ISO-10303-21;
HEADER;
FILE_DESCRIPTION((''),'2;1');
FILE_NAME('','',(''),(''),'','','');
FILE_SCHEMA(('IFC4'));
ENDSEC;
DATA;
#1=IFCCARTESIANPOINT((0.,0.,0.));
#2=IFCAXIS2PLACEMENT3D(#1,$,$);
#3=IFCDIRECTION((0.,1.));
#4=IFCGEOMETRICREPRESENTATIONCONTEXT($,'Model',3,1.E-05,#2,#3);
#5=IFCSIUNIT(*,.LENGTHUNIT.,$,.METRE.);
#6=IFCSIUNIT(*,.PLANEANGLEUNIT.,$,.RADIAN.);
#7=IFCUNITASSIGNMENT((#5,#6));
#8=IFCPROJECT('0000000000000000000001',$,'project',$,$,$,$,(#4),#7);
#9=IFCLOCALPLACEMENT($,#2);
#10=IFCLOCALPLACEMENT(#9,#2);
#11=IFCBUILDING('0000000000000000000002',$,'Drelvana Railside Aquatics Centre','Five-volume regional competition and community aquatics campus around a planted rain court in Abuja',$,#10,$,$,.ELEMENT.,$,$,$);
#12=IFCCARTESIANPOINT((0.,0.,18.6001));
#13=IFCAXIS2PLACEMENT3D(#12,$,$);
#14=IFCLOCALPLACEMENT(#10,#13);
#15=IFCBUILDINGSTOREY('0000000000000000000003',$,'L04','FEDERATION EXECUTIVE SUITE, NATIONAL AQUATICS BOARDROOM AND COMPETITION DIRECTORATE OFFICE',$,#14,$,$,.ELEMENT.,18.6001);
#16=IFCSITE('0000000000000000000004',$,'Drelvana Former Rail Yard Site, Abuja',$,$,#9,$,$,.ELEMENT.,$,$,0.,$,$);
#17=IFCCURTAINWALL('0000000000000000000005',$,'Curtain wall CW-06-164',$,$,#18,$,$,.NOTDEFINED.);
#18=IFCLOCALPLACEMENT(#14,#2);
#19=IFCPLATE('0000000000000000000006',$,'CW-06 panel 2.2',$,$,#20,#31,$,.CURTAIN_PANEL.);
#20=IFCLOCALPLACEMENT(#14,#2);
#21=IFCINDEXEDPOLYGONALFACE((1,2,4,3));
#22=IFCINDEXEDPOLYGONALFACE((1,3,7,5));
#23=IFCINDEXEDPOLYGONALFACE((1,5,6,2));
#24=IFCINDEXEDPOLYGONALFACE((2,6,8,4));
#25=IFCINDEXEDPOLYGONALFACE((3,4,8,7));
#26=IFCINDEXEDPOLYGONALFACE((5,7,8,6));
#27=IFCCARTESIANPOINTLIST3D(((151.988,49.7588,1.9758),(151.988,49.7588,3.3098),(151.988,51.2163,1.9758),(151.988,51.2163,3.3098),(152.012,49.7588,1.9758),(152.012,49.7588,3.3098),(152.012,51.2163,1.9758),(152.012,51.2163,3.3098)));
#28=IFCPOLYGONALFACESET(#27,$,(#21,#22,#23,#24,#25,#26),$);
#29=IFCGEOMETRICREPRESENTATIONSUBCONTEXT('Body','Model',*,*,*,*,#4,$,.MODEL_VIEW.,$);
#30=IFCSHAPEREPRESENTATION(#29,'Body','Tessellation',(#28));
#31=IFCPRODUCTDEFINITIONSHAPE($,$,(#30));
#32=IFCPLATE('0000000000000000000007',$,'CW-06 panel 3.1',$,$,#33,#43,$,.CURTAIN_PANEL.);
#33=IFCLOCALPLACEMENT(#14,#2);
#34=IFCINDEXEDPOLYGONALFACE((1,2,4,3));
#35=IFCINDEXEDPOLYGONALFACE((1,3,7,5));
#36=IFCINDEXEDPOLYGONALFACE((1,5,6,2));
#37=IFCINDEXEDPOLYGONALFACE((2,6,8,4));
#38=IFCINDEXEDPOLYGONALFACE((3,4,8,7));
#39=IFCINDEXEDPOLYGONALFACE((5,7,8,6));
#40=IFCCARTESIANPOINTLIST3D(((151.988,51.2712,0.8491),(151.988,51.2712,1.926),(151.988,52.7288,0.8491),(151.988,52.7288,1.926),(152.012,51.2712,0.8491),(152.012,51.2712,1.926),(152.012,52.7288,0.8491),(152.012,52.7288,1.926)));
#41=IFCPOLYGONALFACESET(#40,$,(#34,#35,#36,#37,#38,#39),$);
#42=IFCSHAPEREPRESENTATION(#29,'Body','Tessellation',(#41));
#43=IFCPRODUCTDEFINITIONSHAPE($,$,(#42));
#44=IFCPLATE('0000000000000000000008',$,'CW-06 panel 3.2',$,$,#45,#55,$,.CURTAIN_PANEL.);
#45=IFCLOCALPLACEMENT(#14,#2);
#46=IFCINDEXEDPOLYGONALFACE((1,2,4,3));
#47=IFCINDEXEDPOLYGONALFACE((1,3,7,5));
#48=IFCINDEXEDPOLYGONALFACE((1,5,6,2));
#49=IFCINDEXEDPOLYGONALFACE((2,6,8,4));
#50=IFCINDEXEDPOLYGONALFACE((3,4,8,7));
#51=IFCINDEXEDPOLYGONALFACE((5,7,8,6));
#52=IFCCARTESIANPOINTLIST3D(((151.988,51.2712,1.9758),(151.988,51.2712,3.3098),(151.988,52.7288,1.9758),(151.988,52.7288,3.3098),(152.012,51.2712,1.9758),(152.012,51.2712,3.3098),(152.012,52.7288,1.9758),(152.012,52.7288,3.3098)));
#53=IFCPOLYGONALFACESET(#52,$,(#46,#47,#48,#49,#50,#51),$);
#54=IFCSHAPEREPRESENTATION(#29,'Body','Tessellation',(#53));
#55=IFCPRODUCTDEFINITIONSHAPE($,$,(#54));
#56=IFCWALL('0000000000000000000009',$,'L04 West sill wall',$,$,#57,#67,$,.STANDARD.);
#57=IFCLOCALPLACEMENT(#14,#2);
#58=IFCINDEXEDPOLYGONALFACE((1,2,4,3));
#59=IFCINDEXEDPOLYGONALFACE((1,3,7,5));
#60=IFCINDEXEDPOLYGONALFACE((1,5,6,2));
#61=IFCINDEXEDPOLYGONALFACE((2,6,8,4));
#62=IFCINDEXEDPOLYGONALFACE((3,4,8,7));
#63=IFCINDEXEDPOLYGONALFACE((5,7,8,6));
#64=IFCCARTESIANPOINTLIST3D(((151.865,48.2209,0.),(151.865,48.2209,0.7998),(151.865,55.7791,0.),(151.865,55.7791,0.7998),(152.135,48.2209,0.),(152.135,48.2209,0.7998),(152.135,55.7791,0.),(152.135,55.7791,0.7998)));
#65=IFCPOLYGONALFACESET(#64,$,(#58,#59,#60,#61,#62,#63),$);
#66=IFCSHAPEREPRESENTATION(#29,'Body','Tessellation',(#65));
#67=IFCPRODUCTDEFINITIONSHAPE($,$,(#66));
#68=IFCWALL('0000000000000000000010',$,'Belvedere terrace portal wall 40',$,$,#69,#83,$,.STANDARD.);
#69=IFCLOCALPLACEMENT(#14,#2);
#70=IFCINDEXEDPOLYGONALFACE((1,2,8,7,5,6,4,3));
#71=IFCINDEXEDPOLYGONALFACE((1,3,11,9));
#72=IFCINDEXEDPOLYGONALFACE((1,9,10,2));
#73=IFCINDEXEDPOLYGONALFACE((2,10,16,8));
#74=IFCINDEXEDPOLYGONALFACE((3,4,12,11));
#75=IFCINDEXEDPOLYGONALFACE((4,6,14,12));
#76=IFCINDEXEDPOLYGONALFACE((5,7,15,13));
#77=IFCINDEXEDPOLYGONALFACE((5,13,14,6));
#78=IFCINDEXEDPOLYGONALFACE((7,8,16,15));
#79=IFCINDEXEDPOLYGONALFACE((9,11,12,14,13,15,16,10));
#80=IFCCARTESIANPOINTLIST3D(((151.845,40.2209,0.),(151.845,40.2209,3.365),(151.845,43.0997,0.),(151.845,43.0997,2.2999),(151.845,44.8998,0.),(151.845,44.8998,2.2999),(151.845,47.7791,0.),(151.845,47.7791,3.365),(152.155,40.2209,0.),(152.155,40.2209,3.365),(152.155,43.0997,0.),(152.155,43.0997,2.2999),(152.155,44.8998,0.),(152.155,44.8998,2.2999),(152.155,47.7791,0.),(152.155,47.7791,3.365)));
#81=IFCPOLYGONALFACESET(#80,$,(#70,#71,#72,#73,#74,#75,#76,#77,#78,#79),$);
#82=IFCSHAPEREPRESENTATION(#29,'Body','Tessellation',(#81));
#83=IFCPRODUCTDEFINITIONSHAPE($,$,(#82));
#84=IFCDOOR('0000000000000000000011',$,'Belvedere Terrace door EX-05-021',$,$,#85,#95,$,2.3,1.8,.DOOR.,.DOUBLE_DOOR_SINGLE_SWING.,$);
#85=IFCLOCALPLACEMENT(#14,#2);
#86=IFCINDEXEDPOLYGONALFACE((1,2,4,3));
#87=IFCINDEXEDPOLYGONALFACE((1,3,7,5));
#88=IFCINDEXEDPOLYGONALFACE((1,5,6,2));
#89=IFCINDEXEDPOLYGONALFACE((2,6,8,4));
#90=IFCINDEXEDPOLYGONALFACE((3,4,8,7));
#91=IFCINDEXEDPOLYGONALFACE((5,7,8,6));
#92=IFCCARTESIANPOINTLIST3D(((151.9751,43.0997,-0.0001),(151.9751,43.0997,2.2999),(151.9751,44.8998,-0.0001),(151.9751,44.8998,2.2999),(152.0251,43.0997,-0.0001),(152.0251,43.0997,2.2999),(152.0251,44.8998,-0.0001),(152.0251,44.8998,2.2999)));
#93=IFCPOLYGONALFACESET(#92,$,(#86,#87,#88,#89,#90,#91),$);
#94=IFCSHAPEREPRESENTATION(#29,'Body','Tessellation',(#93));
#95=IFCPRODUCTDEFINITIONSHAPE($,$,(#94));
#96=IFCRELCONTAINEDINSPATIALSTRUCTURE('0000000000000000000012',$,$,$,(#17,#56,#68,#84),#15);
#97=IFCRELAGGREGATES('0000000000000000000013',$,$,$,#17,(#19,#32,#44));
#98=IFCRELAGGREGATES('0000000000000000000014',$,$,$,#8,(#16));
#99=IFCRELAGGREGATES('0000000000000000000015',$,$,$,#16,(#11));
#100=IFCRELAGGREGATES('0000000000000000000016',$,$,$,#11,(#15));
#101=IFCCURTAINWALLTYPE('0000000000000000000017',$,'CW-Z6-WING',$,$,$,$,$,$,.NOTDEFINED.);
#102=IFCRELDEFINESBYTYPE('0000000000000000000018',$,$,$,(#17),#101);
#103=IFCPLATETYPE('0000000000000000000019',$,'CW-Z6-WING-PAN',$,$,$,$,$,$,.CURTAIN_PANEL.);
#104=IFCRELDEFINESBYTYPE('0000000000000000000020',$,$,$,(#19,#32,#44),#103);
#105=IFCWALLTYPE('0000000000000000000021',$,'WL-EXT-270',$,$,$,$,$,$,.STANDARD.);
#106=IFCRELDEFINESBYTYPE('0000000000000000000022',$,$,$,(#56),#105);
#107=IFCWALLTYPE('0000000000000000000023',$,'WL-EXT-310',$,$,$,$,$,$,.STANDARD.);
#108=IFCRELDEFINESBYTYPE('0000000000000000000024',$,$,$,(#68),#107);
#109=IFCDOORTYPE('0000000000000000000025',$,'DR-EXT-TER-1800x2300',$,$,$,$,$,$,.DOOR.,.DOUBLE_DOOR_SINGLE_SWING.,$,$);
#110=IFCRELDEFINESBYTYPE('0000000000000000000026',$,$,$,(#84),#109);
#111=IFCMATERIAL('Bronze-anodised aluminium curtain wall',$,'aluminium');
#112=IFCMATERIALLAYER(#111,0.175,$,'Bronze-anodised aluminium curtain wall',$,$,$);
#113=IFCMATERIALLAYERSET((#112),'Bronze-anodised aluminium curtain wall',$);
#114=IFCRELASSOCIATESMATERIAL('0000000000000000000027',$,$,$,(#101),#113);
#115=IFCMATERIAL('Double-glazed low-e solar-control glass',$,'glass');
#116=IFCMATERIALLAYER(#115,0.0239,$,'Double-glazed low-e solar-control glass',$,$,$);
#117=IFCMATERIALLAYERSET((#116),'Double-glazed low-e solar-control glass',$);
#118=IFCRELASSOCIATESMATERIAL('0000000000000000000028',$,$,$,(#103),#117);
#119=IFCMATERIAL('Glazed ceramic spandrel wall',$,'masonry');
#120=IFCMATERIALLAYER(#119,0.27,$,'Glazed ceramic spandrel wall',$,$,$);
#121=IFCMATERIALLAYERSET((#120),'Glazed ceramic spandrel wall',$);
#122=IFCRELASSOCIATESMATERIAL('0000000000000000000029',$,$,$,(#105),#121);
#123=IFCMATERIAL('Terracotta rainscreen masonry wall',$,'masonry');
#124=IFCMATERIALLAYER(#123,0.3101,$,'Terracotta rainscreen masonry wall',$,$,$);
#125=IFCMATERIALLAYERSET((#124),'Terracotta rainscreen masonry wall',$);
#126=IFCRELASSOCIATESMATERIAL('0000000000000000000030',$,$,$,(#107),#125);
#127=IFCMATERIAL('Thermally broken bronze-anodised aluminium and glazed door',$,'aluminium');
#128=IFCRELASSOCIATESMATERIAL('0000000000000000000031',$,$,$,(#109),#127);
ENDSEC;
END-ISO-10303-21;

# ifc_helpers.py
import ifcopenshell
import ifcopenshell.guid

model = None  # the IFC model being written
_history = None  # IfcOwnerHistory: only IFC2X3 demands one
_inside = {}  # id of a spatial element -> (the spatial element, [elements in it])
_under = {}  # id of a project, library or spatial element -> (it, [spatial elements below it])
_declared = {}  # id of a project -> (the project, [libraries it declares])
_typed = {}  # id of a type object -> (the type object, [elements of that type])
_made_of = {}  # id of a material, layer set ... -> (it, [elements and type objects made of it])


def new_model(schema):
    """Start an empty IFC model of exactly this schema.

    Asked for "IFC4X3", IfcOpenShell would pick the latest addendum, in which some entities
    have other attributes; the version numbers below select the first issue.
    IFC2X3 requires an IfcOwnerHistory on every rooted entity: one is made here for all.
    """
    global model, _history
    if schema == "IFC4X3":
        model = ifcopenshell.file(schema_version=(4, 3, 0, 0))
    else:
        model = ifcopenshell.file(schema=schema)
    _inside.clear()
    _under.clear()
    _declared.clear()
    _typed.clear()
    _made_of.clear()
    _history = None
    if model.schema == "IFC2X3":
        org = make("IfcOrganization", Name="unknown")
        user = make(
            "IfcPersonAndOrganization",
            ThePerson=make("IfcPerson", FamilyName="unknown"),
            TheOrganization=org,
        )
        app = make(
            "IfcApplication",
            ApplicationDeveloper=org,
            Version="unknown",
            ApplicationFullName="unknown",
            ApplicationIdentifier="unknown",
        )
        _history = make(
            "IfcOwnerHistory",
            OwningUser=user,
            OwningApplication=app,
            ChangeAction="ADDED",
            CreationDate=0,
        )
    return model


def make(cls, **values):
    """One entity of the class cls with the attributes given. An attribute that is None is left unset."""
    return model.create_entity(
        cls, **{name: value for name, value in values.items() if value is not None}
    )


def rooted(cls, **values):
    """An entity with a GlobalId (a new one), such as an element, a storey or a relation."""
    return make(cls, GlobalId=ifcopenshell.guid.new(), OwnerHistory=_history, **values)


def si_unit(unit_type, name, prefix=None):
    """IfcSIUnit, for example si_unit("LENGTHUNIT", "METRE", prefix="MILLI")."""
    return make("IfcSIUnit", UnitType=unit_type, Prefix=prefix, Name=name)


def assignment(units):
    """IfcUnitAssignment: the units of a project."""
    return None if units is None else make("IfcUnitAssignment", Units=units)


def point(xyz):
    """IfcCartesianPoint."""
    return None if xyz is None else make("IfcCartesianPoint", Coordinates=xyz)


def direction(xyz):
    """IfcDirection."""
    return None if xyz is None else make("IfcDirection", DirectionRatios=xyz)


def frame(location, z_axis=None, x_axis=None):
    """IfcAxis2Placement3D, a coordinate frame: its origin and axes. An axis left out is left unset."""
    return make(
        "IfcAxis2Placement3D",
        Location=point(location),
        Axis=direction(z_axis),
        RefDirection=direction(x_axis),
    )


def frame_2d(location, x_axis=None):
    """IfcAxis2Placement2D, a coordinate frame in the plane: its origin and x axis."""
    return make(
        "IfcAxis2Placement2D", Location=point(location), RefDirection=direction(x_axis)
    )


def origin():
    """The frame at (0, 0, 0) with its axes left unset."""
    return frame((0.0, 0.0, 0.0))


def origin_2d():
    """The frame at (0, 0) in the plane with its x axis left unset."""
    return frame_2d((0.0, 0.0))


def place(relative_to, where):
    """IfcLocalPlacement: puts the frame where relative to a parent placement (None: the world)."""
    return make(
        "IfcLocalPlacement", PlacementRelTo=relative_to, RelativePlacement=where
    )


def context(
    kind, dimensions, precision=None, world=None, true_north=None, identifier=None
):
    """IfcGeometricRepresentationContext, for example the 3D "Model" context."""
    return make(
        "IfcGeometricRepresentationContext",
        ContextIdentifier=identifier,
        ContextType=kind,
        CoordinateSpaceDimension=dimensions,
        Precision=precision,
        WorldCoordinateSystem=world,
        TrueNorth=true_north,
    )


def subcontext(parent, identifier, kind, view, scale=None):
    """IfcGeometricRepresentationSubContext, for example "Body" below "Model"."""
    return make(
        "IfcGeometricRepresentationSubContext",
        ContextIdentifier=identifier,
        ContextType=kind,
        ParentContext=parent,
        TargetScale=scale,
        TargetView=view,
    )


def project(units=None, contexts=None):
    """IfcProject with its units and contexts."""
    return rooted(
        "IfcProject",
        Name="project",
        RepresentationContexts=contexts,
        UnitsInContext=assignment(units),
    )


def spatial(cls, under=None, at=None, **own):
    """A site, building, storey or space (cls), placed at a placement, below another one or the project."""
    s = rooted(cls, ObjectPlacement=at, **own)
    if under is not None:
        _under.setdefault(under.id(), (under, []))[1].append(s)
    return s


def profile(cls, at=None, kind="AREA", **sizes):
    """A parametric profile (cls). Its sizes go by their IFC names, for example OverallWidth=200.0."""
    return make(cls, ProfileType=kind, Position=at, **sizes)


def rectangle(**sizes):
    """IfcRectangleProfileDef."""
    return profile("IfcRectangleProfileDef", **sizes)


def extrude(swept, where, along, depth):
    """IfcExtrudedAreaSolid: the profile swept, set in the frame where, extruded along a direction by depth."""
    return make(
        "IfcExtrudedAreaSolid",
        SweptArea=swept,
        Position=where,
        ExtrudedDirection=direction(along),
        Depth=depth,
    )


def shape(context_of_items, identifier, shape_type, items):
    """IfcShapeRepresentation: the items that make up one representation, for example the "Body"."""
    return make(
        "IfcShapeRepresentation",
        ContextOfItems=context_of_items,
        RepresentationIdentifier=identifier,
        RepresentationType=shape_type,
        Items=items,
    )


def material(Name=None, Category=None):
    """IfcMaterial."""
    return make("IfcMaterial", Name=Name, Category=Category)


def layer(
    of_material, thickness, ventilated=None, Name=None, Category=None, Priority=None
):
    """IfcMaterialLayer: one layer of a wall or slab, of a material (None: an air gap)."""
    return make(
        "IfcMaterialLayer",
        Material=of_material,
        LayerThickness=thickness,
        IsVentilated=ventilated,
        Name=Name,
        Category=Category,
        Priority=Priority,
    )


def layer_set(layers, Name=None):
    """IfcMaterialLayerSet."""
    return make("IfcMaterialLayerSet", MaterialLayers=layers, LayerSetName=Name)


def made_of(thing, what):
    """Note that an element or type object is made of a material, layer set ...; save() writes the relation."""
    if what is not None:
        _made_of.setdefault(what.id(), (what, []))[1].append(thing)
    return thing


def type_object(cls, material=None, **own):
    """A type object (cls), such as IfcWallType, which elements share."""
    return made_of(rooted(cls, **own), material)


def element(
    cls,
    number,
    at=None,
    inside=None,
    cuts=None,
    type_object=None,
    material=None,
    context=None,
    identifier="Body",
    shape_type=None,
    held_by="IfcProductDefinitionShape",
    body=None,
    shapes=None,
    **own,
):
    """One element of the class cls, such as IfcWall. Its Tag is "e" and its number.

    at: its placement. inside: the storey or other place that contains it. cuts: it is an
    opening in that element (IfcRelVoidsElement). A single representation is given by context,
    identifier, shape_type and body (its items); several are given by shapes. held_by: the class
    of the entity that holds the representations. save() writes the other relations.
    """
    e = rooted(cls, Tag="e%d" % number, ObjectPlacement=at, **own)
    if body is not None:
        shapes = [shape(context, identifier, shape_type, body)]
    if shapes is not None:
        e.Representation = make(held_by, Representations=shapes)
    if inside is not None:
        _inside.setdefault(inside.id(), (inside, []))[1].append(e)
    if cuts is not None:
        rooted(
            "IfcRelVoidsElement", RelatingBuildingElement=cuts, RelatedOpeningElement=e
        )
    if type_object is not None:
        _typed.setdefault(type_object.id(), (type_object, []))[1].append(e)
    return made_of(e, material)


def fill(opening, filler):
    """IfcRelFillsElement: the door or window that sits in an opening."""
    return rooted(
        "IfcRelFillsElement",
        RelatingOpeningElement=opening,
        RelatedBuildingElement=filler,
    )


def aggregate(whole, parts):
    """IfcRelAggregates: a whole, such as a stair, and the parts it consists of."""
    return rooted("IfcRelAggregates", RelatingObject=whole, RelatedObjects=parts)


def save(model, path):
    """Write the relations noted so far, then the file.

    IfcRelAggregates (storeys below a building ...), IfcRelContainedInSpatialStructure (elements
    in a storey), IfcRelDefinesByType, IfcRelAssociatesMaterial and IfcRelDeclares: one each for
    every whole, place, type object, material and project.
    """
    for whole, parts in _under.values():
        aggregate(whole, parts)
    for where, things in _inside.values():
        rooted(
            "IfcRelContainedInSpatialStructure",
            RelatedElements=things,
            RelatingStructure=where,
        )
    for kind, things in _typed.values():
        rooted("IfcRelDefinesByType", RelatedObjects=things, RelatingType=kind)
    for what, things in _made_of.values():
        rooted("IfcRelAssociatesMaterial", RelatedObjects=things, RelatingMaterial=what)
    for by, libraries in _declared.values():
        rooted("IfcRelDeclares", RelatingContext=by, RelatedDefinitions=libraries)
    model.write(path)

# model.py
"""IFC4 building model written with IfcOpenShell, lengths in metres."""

from ifc_helpers import new_model, si_unit, direction, frame, frame_2d, origin, origin_2d, place, context, subcontext, project, spatial, rectangle, extrude, material, layer, layer_set, type_object, element, fill, aggregate, save


model = new_model("IFC4")

# Units and contexts
model_context = context("Model", 3, precision=1e-05, world=origin(), true_north=direction((0.0, 1.0)))
body_context = subcontext(model_context, "Body", "Model", "MODEL_VIEW")
ifc_project = project(units=[si_unit("LENGTHUNIT", "METRE"), si_unit("PLANEANGLEUNIT", "RADIAN")], contexts=[model_context])

# Site, building, storey
site_placement = place(None, origin())
site = spatial("IfcSite", under=ifc_project, at=site_placement, Name="Drelvana Former Rail Yard Site, Abuja", CompositionType="ELEMENT", RefElevation=0.0)
building_placement = place(site_placement, origin())
building = spatial("IfcBuilding", under=site, at=building_placement, Name="Drelvana Railside Aquatics Centre", Description="Five-volume regional competition and community aquatics campus around a planted rain court in Abuja", CompositionType="ELEMENT")
storey_placement = place(building_placement, frame((0.0, 0.0, 18.6001)))
storey = spatial("IfcBuildingStorey", under=building, at=storey_placement, Name="L04", Description="FEDERATION EXECUTIVE SUITE, NATIONAL AQUATICS BOARDROOM AND COMPETITION DIRECTORATE OFFICE", CompositionType="ELEMENT", Elevation=18.6001)

# Curtain wall
ifc_material_1 = material(Name="Bronze-anodised aluminium curtain wall", Category="aluminium")
ifc_layer_1 = layer(ifc_material_1, 0.175, Name="Bronze-anodised aluminium curtain wall")
ifc_layer_set_1 = layer_set([ifc_layer_1], Name="Bronze-anodised aluminium curtain wall")
curtain_wall_type = type_object("IfcCurtainWallType", Name="CW-Z6-WING", PredefinedType="NOTDEFINED", material=ifc_layer_set_1)
curtain_wall_1_placement = place(storey_placement, origin())
curtain_wall_1 = element("IfcCurtainWall", 1, at=curtain_wall_1_placement, inside=storey, type_object=curtain_wall_type, Name="Curtain wall CW-06-164", PredefinedType="NOTDEFINED")

# Plates
ifc_material_2 = material(Name="Double-glazed low-e solar-control glass", Category="glass")
ifc_layer_2 = layer(ifc_material_2, 0.0239, Name="Double-glazed low-e solar-control glass")
ifc_layer_set_2 = layer_set([ifc_layer_2], Name="Double-glazed low-e solar-control glass")
plate_type = type_object("IfcPlateType", Name="CW-Z6-WING-PAN", PredefinedType="CURTAIN_PANEL", material=ifc_layer_set_2)
plate_1_placement = place(storey_placement, frame((152.0, 50.4875, 1.9758), z_axis=(0.0, 0.0, 1.0), x_axis=(0.0, 1.0, 0.0)))
plate_1 = element("IfcPlate", 2, at=plate_1_placement, type_object=plate_type, Name="CW-06 panel 2.2", PredefinedType="CURTAIN_PANEL", context=body_context, shape_type="SweptSolid", body=[
    extrude(rectangle(XDim=1.4575, YDim=0.0239, at=origin_2d()), origin(), (0.0, 0.0, 1.0), 1.334),
])
plate_2_placement = place(storey_placement, frame((152.0, 52.0, 0.8491), z_axis=(0.0, 0.0, 1.0), x_axis=(0.0, 1.0, 0.0)))
plate_2 = element("IfcPlate", 3, at=plate_2_placement, type_object=plate_type, Name="CW-06 panel 3.1", PredefinedType="CURTAIN_PANEL", context=body_context, shape_type="SweptSolid", body=[
    extrude(rectangle(XDim=1.4575, YDim=0.0239, at=origin_2d()), origin(), (0.0, 0.0, 1.0), 1.0769),
])
plate_3_placement = place(storey_placement, frame((152.0, 52.0, 1.9758), z_axis=(0.0, 0.0, 1.0), x_axis=(0.0, 1.0, 0.0)))
plate_3 = element("IfcPlate", 4, at=plate_3_placement, type_object=plate_type, Name="CW-06 panel 3.2", PredefinedType="CURTAIN_PANEL", context=body_context, shape_type="SweptSolid", body=[
    extrude(rectangle(XDim=1.4575, YDim=0.0239, at=origin_2d()), origin(), (0.0, 0.0, 1.0), 1.334),
])
aggregate(curtain_wall_1, [plate_1, plate_2, plate_3])

# Wall
ifc_material_3 = material(Name="Glazed ceramic spandrel wall", Category="masonry")
ifc_layer_3 = layer(ifc_material_3, 0.27, Name="Glazed ceramic spandrel wall")
ifc_layer_set_3 = layer_set([ifc_layer_3], Name="Glazed ceramic spandrel wall")
wall_type_1 = type_object("IfcWallType", Name="WL-EXT-270", PredefinedType="STANDARD", material=ifc_layer_set_3)
wall_1_placement = place(storey_placement, frame((152.0, 48.2209, 0.0), z_axis=(0.0, 0.0, 1.0), x_axis=(0.0, 1.0, 0.0)))
element("IfcWall", 5, at=wall_1_placement, inside=storey, type_object=wall_type_1, Name="L04 West sill wall", PredefinedType="STANDARD", context=body_context, shape_type="SweptSolid", body=[
    extrude(rectangle(XDim=7.5581, YDim=0.27, at=frame_2d((3.7791, 0.0))), origin(), (0.0, 0.0, 1.0), 0.7998),
])

# Wall, opening, door
ifc_material_4 = material(Name="Terracotta rainscreen masonry wall", Category="masonry")
ifc_layer_4 = layer(ifc_material_4, 0.3101, Name="Terracotta rainscreen masonry wall")
ifc_layer_set_4 = layer_set([ifc_layer_4], Name="Terracotta rainscreen masonry wall")
wall_type_2 = type_object("IfcWallType", Name="WL-EXT-310", PredefinedType="STANDARD", material=ifc_layer_set_4)
wall_2_placement = place(storey_placement, frame((152.0, 40.2209, 0.0), z_axis=(0.0, 0.0, 1.0), x_axis=(0.0, 1.0, 0.0)))
wall_2 = element("IfcWall", 6, at=wall_2_placement, inside=storey, type_object=wall_type_2, Name="Belvedere terrace portal wall 40", PredefinedType="STANDARD", context=body_context, shape_type="SweptSolid", body=[
    extrude(rectangle(XDim=7.5581, YDim=0.3101, at=frame_2d((3.7791, 0.0))), origin(), (0.0, 0.0, 1.0), 3.365),
])
opening_placement = place(wall_2_placement, frame((2.8789, 0.0, 0.0)))
opening = element("IfcOpeningElement", 7, at=opening_placement, cuts=wall_2, PredefinedType="OPENING", context=body_context, shape_type="SweptSolid", body=[
    extrude(rectangle(XDim=1.8, YDim=2.3, at=frame_2d((0.8999, 1.1499))), frame((0.0, 0.165, 0.0), z_axis=(0.0, -1.0, 0.0), x_axis=(1.0, 0.0, 0.0)), (0.0, 0.0, 1.0), 0.3301),
])
ifc_material_5 = material(Name="Thermally broken bronze-anodised aluminium and glazed door", Category="aluminium")
door_type = type_object("IfcDoorType", Name="DR-EXT-TER-1800x2300", OperationType="DOUBLE_DOOR_SINGLE_SWING", PredefinedType="DOOR", material=ifc_material_5)
door_placement = place(opening_placement, origin())
door = element("IfcDoor", 8, at=door_placement, inside=storey, type_object=door_type, Name="Belvedere Terrace door EX-05-021", OperationType="DOUBLE_DOOR_SINGLE_SWING", OverallHeight=2.3, OverallWidth=1.8, PredefinedType="DOOR", context=body_context, shape_type="SweptSolid", body=[
    extrude(rectangle(XDim=1.8, YDim=2.3, at=frame_2d((0.8999, 1.1499))), frame((0.0, 0.0249, 0.0), z_axis=(0.0, -1.0, 0.0), x_axis=(1.0, 0.0, 0.0)), (0.0, 0.0, 1.0), 0.05),
])
fill(opening, door)

save(model, "model.ifc")
